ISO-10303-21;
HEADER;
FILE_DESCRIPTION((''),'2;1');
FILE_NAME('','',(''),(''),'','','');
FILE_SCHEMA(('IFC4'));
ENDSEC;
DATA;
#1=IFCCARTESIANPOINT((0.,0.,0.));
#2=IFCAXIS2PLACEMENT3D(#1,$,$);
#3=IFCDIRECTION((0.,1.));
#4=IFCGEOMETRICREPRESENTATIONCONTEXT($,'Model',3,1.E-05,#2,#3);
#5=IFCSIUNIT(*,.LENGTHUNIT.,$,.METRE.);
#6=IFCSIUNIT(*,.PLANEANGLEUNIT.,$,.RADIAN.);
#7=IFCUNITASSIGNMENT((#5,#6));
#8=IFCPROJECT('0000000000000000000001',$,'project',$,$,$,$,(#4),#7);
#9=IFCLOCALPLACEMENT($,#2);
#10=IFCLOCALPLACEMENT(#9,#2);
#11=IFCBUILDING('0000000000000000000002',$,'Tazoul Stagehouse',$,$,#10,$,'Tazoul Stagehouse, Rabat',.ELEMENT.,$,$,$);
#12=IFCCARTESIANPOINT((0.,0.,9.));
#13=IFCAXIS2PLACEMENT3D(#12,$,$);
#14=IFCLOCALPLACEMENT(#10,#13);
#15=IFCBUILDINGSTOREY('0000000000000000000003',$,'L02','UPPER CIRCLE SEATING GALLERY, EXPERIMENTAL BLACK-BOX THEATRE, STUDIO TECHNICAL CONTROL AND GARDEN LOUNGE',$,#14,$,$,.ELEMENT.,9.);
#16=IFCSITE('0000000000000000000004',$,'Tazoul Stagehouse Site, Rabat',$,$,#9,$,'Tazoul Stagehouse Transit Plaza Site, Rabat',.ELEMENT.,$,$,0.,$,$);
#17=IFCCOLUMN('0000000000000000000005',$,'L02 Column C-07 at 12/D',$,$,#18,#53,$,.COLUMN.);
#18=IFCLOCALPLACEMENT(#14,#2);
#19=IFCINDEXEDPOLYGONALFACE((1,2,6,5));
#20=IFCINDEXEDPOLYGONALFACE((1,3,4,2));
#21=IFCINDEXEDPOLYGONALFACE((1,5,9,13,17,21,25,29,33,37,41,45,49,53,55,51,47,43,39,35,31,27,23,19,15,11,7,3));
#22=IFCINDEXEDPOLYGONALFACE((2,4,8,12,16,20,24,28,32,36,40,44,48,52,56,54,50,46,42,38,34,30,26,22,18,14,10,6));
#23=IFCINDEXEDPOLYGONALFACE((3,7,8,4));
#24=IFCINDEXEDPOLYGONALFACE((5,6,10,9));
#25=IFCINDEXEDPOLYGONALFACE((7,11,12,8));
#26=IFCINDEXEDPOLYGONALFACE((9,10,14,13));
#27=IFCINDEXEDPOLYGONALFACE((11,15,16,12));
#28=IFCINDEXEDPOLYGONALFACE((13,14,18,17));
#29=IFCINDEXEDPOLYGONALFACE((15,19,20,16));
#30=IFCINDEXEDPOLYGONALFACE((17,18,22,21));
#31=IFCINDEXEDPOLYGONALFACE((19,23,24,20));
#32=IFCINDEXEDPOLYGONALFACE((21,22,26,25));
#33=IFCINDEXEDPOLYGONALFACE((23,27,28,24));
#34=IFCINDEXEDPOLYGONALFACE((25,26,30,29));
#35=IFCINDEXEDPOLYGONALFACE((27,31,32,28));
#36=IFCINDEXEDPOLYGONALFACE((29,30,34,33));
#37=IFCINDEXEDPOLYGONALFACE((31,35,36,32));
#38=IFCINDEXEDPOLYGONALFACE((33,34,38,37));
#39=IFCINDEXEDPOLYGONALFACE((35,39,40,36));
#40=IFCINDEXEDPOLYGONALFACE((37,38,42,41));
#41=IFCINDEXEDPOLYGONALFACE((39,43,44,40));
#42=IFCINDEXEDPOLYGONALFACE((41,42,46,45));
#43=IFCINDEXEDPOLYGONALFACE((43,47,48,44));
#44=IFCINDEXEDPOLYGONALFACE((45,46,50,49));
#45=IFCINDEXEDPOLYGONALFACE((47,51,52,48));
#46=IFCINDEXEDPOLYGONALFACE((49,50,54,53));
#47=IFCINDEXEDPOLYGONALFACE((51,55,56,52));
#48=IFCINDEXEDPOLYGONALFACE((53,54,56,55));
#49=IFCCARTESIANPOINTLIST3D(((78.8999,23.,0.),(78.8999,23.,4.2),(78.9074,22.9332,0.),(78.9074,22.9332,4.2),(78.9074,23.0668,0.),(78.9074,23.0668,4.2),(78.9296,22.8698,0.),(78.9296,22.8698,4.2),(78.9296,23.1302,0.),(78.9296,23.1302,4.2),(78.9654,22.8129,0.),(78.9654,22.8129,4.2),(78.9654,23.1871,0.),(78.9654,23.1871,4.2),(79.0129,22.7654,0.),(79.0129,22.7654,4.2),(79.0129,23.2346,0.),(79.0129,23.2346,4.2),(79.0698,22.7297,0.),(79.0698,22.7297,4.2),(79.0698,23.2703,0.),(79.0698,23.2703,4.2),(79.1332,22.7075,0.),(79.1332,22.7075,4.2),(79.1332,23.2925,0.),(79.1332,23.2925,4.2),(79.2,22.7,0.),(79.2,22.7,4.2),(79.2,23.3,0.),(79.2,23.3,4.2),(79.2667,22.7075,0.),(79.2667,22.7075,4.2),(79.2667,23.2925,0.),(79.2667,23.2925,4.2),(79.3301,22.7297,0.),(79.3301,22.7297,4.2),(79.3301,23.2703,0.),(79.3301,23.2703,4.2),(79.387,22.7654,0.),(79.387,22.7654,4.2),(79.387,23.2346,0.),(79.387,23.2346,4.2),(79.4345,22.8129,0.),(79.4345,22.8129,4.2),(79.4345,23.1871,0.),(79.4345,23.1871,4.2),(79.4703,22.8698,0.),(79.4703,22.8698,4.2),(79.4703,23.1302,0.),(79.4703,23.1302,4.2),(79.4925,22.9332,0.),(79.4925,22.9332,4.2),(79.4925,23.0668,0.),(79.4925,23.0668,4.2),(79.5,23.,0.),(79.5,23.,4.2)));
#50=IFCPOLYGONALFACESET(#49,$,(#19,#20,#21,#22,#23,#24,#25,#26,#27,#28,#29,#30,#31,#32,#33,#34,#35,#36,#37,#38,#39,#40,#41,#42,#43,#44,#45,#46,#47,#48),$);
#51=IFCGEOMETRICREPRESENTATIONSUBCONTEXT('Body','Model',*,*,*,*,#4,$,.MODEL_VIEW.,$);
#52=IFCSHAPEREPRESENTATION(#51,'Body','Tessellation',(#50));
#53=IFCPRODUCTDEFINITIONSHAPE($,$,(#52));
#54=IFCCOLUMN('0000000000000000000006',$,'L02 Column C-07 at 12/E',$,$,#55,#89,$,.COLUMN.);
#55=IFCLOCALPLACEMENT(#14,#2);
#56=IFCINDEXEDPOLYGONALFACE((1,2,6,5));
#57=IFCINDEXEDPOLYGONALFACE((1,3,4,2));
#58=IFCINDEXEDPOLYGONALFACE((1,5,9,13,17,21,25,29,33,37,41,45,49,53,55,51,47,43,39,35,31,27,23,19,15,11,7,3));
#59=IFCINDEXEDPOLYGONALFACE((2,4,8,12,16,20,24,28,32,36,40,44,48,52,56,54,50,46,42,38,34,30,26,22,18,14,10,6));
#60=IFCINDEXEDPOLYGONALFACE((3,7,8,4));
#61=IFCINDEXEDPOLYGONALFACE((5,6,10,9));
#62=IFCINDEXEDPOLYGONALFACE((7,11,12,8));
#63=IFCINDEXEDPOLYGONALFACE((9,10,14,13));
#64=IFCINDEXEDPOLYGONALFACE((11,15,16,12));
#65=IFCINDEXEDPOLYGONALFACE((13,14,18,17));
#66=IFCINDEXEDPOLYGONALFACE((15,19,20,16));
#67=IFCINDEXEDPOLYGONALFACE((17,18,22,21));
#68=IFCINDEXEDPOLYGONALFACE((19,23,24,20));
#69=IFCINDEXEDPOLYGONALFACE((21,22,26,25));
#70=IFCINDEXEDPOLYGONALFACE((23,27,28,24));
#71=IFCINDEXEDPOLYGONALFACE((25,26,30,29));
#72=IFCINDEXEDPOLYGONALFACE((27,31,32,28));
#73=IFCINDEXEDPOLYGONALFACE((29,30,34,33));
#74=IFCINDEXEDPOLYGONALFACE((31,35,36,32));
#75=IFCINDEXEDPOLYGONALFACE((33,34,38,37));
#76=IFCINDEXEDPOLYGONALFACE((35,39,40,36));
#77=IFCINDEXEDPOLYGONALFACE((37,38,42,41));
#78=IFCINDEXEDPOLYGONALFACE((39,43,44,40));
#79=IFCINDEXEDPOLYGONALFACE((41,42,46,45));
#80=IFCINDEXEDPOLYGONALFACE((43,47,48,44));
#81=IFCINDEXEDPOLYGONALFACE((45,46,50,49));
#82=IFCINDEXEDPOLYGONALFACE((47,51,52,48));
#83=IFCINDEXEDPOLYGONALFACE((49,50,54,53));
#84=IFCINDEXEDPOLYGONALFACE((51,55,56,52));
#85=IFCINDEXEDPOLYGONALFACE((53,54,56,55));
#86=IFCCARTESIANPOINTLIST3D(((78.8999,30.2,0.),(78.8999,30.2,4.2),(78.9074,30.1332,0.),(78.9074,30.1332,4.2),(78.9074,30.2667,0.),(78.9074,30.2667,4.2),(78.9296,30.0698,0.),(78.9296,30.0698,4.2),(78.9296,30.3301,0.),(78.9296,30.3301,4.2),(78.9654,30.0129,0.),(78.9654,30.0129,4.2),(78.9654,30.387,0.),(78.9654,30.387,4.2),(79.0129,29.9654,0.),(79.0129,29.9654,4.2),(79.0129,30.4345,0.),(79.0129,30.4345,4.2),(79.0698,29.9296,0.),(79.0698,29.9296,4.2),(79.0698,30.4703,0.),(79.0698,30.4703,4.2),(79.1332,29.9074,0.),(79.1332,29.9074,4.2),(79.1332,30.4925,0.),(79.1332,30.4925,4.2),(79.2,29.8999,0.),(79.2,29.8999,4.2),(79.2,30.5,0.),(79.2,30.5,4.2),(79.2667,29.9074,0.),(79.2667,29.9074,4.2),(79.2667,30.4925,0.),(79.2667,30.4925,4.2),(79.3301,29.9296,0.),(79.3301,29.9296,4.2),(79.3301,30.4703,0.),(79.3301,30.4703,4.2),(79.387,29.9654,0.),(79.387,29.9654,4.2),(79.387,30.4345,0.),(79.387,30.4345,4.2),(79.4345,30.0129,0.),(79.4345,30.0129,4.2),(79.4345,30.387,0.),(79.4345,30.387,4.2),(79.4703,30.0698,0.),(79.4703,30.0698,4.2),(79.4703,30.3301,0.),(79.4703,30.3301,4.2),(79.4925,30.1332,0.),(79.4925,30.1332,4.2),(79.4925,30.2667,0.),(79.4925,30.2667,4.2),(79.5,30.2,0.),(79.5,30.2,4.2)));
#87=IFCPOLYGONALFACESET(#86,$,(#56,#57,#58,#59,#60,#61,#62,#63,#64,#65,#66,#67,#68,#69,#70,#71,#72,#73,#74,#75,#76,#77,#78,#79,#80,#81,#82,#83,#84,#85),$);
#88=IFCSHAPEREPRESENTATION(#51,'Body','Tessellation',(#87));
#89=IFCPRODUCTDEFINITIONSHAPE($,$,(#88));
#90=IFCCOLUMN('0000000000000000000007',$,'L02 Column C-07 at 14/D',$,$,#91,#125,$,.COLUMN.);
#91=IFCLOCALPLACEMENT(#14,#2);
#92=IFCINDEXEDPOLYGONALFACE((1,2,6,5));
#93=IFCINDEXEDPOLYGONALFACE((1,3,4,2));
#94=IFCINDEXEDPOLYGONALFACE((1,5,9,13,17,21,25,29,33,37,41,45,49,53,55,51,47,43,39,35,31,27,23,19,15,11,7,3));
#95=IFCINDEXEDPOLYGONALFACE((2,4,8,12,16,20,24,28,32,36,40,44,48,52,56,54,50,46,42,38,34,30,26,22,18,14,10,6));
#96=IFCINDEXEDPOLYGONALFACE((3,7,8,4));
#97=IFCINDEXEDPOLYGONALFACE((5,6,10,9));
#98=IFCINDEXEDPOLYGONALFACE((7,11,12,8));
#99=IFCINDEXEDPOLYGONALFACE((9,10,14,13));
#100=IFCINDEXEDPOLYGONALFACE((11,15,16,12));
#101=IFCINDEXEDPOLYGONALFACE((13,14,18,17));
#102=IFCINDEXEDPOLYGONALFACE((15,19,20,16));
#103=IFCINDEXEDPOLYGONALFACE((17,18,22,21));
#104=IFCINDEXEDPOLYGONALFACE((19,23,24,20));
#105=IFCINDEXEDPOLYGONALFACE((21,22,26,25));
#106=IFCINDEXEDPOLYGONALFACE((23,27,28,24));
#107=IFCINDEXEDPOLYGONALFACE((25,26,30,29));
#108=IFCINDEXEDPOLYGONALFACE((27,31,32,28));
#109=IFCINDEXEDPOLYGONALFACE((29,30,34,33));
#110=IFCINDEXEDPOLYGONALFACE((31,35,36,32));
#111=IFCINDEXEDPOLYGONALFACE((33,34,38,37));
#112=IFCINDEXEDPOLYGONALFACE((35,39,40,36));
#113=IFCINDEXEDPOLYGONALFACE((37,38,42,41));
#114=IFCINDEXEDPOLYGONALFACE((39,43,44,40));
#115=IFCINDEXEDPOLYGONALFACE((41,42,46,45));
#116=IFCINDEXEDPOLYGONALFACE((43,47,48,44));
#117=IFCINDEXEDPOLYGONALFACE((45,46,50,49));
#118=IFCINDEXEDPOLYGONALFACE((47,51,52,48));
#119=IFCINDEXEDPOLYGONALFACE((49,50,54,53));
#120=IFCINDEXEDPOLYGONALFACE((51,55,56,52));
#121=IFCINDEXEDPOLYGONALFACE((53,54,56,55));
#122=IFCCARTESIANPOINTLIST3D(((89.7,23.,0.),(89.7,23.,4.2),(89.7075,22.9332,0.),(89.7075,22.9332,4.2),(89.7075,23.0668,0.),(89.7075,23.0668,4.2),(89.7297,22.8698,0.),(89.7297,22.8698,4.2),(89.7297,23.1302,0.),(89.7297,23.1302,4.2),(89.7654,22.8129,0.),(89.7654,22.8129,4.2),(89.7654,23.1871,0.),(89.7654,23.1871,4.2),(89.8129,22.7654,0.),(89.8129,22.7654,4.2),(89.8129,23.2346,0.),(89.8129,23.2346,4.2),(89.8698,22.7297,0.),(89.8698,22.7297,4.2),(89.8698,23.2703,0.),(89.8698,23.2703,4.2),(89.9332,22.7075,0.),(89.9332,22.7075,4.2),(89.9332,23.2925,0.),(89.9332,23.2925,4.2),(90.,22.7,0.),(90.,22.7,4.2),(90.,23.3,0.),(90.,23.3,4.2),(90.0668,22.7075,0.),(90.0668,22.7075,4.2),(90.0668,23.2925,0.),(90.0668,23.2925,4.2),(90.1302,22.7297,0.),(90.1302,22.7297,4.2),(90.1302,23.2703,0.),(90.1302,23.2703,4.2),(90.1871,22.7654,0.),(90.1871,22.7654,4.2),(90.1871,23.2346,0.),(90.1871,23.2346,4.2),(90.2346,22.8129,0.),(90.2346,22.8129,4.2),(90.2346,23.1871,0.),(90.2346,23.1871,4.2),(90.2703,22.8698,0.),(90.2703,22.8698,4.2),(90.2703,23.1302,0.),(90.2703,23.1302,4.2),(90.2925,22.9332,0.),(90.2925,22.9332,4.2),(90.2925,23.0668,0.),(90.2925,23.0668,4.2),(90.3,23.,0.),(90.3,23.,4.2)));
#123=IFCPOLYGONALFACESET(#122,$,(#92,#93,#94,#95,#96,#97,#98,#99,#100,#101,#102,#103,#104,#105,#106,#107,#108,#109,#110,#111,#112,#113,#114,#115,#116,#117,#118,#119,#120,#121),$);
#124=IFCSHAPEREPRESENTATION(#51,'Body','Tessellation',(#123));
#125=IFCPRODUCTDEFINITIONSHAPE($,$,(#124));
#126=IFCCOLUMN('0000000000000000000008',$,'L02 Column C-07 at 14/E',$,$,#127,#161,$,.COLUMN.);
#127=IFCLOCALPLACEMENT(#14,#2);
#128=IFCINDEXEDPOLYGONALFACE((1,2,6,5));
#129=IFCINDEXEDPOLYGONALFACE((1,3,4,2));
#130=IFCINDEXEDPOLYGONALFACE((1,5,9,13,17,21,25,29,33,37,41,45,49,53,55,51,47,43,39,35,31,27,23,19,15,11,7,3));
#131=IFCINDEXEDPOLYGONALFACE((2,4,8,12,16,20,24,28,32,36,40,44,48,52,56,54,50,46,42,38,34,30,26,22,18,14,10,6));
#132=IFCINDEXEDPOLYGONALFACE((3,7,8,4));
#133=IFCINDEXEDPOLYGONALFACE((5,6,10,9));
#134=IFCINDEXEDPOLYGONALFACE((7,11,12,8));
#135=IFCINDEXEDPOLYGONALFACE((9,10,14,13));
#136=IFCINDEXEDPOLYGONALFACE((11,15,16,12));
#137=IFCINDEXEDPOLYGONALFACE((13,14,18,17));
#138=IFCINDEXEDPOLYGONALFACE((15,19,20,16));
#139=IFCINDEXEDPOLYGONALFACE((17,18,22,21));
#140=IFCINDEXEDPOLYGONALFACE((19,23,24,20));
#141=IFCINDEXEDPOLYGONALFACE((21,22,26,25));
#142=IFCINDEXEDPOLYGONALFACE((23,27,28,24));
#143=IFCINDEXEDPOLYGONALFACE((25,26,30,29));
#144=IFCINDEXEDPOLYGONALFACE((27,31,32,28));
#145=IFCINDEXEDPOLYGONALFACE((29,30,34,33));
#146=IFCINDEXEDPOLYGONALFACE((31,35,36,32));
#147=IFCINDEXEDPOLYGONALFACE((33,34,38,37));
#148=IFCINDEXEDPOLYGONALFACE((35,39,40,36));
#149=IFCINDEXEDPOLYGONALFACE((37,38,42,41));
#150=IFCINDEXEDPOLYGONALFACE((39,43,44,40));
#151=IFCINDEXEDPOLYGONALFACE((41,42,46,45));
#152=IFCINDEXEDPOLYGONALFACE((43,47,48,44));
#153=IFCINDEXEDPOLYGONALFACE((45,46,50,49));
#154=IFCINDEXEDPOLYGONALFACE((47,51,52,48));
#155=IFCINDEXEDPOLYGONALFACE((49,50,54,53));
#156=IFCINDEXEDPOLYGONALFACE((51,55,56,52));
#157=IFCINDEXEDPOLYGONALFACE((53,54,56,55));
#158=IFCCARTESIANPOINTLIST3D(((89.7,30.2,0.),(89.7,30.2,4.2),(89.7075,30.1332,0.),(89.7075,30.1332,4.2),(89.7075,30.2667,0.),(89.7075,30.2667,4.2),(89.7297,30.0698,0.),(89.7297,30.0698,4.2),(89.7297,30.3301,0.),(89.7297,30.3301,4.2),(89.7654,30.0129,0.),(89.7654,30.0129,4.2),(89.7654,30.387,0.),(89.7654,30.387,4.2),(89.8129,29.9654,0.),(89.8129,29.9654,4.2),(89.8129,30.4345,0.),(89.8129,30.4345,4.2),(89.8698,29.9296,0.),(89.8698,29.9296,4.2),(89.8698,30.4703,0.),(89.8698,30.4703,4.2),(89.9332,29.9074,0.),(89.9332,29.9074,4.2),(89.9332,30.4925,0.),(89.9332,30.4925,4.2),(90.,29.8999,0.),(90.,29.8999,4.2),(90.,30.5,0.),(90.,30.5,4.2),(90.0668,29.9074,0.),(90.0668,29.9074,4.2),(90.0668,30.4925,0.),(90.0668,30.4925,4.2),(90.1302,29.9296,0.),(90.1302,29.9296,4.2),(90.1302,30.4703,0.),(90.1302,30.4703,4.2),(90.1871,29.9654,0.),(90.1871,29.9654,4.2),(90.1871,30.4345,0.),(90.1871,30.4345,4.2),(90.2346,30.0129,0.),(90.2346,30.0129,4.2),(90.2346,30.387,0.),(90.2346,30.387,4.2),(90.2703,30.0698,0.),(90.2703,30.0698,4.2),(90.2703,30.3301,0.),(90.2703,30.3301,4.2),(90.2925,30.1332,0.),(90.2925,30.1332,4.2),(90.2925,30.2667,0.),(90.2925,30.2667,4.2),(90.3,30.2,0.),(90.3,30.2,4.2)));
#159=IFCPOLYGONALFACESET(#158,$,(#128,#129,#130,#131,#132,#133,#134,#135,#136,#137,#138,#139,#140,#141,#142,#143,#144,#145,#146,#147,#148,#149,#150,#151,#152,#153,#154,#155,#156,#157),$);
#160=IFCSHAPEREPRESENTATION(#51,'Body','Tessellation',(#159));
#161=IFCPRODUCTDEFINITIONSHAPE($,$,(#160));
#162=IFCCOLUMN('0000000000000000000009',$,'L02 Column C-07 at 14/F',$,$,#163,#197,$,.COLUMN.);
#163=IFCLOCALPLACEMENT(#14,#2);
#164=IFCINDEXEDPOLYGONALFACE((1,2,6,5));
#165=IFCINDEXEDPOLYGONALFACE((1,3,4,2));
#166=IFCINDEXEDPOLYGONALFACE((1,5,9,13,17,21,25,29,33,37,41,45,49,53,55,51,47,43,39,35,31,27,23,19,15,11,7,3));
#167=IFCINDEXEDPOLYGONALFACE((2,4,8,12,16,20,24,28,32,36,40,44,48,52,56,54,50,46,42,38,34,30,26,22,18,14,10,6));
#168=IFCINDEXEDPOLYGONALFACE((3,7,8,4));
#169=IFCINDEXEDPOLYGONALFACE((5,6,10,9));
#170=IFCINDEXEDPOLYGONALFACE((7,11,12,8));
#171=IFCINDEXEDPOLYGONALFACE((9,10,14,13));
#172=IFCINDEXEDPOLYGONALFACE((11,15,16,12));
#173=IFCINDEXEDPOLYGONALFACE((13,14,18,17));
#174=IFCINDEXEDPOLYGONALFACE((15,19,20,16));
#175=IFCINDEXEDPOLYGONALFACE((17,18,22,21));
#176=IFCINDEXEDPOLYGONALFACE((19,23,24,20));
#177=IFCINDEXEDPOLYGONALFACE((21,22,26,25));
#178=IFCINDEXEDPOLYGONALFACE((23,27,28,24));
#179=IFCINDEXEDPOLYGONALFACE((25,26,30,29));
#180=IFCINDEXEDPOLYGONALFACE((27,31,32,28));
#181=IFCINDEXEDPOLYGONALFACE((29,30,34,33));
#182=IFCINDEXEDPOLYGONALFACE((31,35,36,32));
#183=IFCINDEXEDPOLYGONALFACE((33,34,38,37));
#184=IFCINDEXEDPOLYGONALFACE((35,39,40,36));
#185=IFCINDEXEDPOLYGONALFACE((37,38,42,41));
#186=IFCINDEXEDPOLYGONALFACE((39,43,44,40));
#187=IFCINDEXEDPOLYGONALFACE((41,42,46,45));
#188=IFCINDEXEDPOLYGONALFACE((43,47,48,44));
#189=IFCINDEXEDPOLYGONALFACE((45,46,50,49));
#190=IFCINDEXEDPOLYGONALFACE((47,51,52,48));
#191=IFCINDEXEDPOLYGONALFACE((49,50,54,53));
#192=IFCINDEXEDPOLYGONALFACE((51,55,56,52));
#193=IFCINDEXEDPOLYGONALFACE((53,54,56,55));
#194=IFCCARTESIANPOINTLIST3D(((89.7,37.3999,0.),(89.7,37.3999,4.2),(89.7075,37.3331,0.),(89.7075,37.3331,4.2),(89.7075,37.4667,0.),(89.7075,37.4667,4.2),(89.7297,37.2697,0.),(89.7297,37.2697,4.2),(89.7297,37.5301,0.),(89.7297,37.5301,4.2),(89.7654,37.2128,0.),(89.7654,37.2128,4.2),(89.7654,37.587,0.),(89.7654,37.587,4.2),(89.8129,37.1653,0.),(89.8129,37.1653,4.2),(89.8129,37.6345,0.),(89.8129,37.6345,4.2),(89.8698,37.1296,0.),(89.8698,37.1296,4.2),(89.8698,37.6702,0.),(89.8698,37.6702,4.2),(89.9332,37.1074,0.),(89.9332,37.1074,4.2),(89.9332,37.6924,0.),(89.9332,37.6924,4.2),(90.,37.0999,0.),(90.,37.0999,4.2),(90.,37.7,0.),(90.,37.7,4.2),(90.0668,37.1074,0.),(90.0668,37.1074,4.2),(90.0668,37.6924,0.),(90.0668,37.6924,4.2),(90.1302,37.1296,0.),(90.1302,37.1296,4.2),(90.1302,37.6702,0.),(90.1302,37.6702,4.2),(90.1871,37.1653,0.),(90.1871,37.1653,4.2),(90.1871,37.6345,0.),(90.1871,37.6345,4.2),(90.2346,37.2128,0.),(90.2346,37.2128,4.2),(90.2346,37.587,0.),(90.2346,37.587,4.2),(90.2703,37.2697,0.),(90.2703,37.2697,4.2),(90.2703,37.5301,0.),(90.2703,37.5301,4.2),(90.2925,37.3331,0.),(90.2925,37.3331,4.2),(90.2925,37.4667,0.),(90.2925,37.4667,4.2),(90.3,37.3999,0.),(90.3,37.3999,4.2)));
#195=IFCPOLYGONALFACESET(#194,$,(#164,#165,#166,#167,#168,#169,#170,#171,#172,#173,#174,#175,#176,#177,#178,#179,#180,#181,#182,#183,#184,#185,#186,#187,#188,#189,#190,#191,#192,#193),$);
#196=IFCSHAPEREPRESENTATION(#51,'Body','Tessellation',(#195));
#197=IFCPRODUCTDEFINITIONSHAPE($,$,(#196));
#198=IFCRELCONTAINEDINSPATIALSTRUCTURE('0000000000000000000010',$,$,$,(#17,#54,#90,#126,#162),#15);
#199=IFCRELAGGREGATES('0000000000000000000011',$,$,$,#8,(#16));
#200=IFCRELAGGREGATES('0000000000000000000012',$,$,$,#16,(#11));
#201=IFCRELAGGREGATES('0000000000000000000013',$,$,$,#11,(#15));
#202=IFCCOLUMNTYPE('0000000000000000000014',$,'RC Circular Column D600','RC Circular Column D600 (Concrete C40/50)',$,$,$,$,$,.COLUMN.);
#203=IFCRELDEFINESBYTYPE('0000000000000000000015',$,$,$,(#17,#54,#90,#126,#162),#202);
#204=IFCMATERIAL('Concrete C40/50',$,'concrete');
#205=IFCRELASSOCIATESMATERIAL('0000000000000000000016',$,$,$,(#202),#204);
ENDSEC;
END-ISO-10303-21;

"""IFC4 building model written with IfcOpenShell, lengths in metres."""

from ifc_helpers import new_model, si_unit, direction, frame, origin, origin_2d, place, context, subcontext, project, spatial, circle, extrude, material, material_profile, profile_set, type_object, element, save


model = new_model("IFC4")

# Units and contexts
model_context = context("Model", 3, precision=1e-05, world=origin(), true_north=direction((0.0, 1.0)))
body_context = subcontext(model_context, "Body", "Model", "MODEL_VIEW")
ifc_project = project(units=[si_unit("LENGTHUNIT", "METRE"), si_unit("PLANEANGLEUNIT", "RADIAN")], contexts=[model_context])

# Site, building, storey
site_placement = place(None, origin())
site = spatial("IfcSite", under=ifc_project, at=site_placement, Name="Tazoul Stagehouse Site, Rabat", LongName="Tazoul Stagehouse Transit Plaza Site, Rabat", CompositionType="ELEMENT", RefElevation=0.0)
building_placement = place(site_placement, origin())
building = spatial("IfcBuilding", under=site, at=building_placement, Name="Tazoul Stagehouse", LongName="Tazoul Stagehouse, Rabat", CompositionType="ELEMENT")
storey_placement = place(building_placement, frame((0.0, 0.0, 9.0)))
storey = spatial("IfcBuildingStorey", under=building, at=storey_placement, Name="L02", Description="UPPER CIRCLE SEATING GALLERY, EXPERIMENTAL BLACK-BOX THEATRE, STUDIO TECHNICAL CONTROL AND GARDEN LOUNGE", CompositionType="ELEMENT", Elevation=9.0)

# Columns
ifc_material_1 = material(Name="Concrete C40/50", Category="concrete")
ifc_material_profile_1 = material_profile(ifc_material_1, circle(Radius=0.3, at=origin_2d()), Name="RC D600")
ifc_profile_set_1 = profile_set([ifc_material_profile_1], Name="Concrete C40/50")
column_type = type_object("IfcColumnType", Name="RC Circular Column D600", Description="RC Circular Column D600 (Concrete C40/50)", PredefinedType="COLUMN", material=ifc_profile_set_1)
for number, where, z_axis, x_axis, name in (
    (1, (79.2, 23.0, 0.0), (0.0, 0.0, 1.0), (1.0, 0.0, 0.0), "L02 Column C-07 at 12/D"),
    (2, (79.2, 30.2, 0.0), (0.0, 0.0, 1.0), (1.0, 0.0, 0.0), "L02 Column C-07 at 12/E"),
    (3, (90.0, 23.0, 0.0), (0.0, 0.0, 1.0), (1.0, 0.0, 0.0), "L02 Column C-07 at 14/D"),
    (4, (90.0, 30.2, 0.0), (0.0, 0.0, 1.0), (1.0, 0.0, 0.0), "L02 Column C-07 at 14/E"),
    (5, (90.0, 37.3999, 0.0), (0.0, 0.0, 1.0), (1.0, 0.0, 0.0), "L02 Column C-07 at 14/F"),
):
    element("IfcColumn", number, at=place(storey_placement, frame(where, z_axis=z_axis, x_axis=x_axis)), inside=storey, type_object=column_type, Name=name, PredefinedType="COLUMN", context=body_context, shape_type="SweptSolid", body=[
        extrude(circle(Radius=0.3, at=origin_2d()), origin(), (0.0, 0.0, 1.0), 4.2),
    ])

save(model, "model.ifc")
